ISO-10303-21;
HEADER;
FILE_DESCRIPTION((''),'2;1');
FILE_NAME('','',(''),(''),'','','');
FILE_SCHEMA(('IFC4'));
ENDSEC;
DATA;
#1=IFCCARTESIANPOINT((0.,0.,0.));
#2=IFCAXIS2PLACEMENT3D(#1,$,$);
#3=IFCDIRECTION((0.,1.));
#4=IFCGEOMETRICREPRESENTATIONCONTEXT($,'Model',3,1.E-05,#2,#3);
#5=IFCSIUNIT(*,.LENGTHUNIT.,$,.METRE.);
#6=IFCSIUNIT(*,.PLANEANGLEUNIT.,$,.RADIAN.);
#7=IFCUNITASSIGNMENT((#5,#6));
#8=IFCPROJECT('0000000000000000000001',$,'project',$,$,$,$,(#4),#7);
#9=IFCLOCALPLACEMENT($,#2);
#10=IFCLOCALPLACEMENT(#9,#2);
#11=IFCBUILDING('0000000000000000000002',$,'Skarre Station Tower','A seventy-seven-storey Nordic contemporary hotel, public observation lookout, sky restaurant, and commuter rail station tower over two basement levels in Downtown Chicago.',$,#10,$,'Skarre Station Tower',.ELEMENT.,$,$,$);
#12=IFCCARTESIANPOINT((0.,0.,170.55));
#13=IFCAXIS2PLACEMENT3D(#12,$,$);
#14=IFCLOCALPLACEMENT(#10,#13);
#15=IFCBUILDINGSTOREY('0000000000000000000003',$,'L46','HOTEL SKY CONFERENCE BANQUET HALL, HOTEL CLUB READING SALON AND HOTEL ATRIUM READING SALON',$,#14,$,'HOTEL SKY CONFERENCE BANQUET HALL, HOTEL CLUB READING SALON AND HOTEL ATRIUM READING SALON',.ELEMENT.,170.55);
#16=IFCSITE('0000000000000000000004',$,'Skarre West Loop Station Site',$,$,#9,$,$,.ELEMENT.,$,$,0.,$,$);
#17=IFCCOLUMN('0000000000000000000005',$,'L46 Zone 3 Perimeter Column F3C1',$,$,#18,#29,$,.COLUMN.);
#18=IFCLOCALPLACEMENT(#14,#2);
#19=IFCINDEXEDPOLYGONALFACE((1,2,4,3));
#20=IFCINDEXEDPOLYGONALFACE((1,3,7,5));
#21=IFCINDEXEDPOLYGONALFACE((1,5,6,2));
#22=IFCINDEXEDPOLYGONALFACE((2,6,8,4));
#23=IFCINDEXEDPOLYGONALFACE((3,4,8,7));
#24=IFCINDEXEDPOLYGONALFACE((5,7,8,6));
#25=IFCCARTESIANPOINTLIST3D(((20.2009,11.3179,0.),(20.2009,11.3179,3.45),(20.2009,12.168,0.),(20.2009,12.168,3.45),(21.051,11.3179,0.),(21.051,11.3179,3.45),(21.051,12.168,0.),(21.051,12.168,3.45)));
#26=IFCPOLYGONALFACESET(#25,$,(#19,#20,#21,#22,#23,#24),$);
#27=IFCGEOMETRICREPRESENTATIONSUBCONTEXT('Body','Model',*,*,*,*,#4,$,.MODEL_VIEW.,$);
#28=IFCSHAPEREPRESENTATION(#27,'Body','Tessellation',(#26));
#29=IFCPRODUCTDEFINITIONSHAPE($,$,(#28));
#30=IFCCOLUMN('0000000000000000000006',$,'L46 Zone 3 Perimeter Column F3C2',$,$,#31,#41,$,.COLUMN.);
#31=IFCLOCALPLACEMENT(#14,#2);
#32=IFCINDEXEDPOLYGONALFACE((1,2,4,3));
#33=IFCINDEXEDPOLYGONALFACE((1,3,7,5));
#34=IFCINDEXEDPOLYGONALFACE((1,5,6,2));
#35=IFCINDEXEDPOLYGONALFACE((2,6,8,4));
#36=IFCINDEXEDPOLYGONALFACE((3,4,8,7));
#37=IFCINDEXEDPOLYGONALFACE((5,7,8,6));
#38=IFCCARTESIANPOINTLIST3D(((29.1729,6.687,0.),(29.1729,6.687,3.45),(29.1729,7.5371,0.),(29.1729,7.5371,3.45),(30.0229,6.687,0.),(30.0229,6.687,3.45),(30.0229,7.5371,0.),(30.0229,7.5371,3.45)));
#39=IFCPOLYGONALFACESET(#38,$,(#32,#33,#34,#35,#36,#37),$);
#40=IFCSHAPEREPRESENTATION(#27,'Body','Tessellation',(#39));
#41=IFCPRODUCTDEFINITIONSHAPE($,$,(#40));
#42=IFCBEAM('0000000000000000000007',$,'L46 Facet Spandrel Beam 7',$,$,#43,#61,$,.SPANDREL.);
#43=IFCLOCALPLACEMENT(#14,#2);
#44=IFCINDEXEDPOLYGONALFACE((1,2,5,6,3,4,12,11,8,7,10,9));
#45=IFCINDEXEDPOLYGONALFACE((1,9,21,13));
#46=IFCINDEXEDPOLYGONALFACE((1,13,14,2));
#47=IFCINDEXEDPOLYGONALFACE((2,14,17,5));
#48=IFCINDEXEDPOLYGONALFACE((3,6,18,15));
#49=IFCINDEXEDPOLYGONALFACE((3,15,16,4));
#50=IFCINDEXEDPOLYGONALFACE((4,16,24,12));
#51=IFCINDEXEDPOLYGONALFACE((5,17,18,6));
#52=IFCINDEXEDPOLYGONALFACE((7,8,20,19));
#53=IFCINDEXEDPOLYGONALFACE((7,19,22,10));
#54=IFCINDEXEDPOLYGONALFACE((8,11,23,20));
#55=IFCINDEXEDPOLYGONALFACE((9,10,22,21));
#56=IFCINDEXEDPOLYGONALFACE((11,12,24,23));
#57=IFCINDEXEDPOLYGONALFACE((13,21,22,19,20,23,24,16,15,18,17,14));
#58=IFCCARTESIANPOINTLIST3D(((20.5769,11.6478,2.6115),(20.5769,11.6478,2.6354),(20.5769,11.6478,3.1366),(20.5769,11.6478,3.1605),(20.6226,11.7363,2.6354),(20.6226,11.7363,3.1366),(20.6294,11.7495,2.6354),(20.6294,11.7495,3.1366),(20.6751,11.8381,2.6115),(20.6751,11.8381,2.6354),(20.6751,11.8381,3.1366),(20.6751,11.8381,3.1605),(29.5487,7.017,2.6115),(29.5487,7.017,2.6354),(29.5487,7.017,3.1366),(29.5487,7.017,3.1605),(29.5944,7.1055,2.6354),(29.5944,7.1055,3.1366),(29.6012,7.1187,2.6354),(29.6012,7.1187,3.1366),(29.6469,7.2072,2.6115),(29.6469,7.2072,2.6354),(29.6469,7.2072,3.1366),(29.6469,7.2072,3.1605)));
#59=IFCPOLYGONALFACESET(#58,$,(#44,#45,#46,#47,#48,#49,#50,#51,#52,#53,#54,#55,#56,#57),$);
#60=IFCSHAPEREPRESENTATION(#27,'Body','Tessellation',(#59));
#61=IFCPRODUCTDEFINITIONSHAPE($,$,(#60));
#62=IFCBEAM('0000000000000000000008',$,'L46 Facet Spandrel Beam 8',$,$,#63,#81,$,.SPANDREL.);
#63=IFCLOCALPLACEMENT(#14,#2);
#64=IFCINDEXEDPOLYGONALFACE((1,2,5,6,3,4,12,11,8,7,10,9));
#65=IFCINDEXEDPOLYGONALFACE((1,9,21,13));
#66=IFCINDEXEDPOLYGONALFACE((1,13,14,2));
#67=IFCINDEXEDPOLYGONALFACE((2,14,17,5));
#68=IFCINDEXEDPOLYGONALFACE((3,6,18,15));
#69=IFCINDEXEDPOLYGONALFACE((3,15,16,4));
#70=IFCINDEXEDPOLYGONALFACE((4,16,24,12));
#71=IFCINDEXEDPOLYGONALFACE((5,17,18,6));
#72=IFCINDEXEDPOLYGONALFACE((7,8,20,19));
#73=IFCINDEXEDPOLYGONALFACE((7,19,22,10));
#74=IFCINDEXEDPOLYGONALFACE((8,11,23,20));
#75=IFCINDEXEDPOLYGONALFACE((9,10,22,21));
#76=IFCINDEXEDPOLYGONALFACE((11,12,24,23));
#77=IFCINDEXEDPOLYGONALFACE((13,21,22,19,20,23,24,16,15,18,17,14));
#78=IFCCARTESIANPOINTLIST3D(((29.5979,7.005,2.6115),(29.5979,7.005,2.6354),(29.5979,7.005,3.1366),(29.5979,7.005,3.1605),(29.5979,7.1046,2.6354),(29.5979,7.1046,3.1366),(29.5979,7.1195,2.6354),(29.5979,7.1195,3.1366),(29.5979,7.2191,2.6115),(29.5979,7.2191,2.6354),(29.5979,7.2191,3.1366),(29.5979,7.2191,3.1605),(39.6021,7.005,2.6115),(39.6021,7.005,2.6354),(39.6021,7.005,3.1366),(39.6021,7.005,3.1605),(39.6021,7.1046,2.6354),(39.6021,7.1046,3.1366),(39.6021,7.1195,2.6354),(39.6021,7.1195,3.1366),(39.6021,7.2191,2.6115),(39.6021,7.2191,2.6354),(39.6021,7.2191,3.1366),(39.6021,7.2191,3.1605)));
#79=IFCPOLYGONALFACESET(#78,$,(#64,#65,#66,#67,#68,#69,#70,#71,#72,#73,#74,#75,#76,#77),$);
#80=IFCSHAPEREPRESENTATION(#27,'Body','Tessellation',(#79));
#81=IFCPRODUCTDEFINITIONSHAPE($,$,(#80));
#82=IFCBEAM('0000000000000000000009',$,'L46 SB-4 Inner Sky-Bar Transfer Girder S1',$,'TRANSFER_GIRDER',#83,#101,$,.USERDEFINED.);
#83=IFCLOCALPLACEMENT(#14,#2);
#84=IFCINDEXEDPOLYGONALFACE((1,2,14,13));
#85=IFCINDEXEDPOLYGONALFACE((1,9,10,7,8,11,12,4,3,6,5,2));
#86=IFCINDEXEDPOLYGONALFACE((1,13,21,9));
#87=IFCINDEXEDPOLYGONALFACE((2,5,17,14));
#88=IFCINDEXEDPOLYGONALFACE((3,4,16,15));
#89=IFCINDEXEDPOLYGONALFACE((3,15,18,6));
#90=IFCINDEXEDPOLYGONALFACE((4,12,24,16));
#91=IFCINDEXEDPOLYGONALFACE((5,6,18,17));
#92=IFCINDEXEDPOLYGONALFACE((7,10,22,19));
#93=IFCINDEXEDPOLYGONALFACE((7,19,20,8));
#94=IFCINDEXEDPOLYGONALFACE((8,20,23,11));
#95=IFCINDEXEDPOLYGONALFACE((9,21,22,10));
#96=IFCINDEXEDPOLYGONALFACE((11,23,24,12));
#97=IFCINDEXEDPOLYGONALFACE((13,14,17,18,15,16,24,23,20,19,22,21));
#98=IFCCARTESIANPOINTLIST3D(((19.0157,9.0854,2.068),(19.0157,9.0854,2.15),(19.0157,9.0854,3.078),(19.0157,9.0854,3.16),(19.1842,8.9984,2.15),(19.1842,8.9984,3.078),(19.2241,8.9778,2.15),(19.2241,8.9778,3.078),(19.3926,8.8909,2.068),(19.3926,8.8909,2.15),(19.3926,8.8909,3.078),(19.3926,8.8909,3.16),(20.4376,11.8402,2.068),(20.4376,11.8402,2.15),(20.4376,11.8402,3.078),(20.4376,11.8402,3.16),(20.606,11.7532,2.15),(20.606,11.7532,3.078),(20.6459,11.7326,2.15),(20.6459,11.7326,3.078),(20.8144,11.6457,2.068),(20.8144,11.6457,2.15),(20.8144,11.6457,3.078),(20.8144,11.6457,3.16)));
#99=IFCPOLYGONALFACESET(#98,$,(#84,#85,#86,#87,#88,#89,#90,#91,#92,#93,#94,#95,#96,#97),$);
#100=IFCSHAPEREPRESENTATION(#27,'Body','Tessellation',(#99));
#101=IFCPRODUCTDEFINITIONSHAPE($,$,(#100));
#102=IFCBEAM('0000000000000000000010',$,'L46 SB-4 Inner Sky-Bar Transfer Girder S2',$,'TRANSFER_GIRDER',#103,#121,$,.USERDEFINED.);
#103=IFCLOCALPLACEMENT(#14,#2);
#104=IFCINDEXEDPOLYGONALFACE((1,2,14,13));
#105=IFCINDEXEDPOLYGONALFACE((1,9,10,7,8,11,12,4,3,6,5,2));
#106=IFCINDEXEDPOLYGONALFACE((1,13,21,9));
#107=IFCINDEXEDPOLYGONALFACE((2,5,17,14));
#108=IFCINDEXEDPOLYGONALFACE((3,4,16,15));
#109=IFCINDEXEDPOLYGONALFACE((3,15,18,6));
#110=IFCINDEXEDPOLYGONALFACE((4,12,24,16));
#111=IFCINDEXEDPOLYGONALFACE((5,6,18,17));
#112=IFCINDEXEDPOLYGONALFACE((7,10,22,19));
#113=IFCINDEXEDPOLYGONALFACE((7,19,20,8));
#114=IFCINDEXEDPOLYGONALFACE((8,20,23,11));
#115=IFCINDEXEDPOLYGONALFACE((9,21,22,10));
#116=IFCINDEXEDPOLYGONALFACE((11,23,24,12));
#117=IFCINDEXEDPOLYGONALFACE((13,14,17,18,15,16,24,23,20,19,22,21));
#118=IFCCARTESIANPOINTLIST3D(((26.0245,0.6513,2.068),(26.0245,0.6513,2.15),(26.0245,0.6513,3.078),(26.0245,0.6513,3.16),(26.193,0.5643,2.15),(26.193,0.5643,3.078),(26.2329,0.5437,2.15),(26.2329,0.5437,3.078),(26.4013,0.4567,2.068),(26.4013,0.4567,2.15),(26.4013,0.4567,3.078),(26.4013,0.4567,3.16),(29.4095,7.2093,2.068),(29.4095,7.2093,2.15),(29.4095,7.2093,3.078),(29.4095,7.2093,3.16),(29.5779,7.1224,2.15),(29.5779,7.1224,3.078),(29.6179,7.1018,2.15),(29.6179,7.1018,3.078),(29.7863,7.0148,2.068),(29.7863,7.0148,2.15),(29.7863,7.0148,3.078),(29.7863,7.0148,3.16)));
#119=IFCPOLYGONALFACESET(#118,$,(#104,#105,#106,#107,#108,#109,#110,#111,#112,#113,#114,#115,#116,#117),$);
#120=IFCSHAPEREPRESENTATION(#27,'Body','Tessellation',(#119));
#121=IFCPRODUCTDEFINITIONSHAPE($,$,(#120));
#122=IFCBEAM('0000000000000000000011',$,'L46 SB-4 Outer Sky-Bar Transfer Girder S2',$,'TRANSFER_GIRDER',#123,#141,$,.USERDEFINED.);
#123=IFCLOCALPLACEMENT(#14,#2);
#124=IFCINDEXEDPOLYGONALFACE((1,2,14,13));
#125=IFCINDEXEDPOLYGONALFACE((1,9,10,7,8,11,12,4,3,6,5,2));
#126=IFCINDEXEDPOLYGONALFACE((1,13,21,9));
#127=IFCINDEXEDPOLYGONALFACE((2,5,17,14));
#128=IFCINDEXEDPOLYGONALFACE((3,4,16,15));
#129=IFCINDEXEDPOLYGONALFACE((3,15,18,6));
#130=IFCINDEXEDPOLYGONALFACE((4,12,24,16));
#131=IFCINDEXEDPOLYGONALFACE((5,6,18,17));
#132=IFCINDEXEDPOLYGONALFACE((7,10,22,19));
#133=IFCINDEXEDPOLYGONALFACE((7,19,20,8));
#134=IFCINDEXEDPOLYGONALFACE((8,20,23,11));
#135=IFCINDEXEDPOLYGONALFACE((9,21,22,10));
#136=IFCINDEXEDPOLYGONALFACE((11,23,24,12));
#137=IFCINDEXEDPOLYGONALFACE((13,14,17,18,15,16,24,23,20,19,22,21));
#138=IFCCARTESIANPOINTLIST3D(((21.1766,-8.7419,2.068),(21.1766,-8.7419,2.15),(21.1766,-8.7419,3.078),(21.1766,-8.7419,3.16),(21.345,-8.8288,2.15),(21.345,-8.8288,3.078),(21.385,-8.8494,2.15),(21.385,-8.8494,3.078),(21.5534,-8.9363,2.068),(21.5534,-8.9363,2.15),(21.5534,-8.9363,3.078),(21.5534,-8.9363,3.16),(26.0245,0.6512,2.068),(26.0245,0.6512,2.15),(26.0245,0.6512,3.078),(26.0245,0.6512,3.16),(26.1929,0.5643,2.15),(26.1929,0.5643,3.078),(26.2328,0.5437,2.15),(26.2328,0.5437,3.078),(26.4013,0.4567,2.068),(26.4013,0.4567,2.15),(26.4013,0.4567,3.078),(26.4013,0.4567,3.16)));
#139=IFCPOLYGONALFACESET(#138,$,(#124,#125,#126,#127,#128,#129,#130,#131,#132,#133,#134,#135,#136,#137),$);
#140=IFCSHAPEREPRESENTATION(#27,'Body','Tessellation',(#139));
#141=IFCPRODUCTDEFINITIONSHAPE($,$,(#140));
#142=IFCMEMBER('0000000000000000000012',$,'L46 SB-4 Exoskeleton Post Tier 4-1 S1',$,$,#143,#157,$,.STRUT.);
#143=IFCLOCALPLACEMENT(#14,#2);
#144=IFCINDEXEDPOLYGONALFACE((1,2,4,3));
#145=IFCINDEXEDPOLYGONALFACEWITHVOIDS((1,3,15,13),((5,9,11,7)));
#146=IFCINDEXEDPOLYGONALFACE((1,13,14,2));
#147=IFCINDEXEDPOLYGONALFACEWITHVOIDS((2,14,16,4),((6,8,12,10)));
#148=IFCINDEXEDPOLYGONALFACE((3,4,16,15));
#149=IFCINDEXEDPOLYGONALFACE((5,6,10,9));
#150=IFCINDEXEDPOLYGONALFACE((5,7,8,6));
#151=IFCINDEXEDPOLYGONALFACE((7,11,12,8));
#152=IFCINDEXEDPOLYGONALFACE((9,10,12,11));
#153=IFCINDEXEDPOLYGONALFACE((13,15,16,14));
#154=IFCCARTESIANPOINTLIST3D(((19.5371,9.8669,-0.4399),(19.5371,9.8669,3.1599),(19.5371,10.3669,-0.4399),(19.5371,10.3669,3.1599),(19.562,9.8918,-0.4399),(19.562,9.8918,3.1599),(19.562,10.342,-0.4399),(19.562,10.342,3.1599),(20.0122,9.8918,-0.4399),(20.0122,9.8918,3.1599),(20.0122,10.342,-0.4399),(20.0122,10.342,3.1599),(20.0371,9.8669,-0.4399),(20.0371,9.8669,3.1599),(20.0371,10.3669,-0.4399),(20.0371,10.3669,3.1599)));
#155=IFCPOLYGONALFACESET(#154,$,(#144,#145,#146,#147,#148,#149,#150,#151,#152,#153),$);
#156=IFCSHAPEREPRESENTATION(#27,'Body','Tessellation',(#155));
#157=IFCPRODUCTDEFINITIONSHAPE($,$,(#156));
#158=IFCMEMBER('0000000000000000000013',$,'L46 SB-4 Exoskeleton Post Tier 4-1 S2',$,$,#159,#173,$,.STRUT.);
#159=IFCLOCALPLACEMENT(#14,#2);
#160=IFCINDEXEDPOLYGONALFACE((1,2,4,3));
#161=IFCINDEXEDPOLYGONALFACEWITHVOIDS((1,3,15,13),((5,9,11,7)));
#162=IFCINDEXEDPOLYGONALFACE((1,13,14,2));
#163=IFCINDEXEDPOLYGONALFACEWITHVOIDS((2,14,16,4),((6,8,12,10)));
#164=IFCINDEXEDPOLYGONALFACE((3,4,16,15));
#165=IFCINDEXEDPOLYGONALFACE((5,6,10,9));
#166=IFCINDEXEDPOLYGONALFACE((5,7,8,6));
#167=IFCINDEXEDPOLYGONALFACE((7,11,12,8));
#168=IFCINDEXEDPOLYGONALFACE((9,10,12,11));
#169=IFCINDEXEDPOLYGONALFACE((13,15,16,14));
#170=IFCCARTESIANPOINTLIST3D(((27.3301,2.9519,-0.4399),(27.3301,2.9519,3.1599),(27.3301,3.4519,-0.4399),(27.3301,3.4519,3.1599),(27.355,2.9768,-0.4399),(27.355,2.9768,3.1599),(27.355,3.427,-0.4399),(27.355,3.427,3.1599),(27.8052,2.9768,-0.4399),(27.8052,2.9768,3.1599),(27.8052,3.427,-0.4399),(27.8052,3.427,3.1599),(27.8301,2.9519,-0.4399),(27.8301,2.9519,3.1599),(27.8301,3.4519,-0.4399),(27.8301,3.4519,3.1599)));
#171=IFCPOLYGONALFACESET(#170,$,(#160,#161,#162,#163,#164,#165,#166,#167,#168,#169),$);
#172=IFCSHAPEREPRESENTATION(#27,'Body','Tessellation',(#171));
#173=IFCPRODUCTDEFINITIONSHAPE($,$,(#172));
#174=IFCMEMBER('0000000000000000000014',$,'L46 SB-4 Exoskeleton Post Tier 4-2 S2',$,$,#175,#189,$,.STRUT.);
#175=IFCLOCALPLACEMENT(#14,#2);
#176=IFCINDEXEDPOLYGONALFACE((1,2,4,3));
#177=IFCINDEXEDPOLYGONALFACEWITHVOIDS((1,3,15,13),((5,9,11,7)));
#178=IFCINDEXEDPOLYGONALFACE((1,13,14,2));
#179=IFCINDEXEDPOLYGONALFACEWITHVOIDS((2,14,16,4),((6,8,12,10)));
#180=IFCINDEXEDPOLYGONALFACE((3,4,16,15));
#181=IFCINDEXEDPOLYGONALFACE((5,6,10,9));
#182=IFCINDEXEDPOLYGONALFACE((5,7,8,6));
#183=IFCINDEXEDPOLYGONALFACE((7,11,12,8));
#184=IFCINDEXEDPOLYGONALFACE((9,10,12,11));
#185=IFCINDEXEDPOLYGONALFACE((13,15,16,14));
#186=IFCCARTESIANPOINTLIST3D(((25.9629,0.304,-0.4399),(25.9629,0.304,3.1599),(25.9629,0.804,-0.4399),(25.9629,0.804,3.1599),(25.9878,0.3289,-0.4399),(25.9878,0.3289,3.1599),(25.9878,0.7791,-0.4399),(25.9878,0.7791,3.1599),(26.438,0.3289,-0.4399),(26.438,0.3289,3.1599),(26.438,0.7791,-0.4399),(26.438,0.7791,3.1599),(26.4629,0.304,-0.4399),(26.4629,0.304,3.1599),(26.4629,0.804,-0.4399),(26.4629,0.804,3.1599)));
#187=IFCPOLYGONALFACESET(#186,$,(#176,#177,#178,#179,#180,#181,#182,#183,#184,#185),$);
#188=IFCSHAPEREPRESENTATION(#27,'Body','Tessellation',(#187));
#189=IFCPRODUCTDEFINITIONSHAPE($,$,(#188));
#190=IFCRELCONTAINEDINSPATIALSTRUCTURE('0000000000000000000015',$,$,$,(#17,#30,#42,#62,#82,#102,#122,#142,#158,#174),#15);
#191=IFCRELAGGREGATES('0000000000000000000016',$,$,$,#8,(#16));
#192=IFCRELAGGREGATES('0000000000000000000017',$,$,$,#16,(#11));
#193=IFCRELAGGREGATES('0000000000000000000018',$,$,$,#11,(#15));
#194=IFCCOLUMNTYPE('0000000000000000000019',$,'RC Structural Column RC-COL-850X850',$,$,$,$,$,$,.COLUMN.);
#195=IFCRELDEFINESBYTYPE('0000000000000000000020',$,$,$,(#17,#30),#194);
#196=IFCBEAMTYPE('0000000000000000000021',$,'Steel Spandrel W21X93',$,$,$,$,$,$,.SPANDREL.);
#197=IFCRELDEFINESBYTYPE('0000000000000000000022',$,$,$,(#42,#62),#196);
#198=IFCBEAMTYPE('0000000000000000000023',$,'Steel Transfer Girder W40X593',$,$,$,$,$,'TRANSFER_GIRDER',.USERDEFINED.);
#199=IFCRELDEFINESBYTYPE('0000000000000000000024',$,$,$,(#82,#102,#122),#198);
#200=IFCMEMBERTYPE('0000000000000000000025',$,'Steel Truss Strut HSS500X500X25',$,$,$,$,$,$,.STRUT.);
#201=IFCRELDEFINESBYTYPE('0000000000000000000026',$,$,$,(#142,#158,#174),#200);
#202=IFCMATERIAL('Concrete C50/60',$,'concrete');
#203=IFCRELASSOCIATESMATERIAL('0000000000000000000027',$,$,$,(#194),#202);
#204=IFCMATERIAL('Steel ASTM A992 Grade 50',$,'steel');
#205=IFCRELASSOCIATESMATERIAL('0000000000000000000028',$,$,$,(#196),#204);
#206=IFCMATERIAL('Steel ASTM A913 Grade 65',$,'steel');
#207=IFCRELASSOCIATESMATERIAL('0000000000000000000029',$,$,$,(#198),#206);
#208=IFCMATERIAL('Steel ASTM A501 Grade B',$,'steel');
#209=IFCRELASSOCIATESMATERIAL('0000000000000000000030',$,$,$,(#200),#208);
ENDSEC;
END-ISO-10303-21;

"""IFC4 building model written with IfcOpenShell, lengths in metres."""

from ifc_helpers import new_model, si_unit, direction, frame, origin, origin_2d, place, context, subcontext, project, spatial, rectangle, hollow_rectangle, i_section, extrude, material, material_profile, profile_set, type_object, element, save


model = new_model("IFC4")

# Units and contexts
model_context = context("Model", 3, precision=1e-05, world=origin(), true_north=direction((0.0, 1.0)))
body_context = subcontext(model_context, "Body", "Model", "MODEL_VIEW")
ifc_project = project(units=[si_unit("LENGTHUNIT", "METRE"), si_unit("PLANEANGLEUNIT", "RADIAN")], contexts=[model_context])

# Site, building, storey
site_placement = place(None, origin())
site = spatial("IfcSite", under=ifc_project, at=site_placement, Name="Skarre West Loop Station Site", CompositionType="ELEMENT", RefElevation=0.0)
building_placement = place(site_placement, origin())
building = spatial("IfcBuilding", under=site, at=building_placement, Name="Skarre Station Tower", Description="A seventy-seven-storey Nordic contemporary hotel, public observation lookout, sky restaurant, and commuter rail station tower over two basement levels in Downtown Chicago.", LongName="Skarre Station Tower", CompositionType="ELEMENT")
storey_placement = place(building_placement, frame((0.0, 0.0, 170.55)))
storey = spatial("IfcBuildingStorey", under=building, at=storey_placement, Name="L46", Description="HOTEL SKY CONFERENCE BANQUET HALL, HOTEL CLUB READING SALON AND HOTEL ATRIUM READING SALON", LongName="HOTEL SKY CONFERENCE BANQUET HALL, HOTEL CLUB READING SALON AND HOTEL ATRIUM READING SALON", CompositionType="ELEMENT", Elevation=170.55)

# Columns
ifc_material_1 = material(Name="Concrete C50/60", Category="concrete")
ifc_material_profile_1 = material_profile(ifc_material_1, rectangle(XDim=0.8501, YDim=0.8501, at=origin_2d()), Name="Concrete C50/60")
ifc_profile_set_1 = profile_set([ifc_material_profile_1], Name="Concrete C50/60")
column_type = type_object("IfcColumnType", Name="RC Structural Column RC-COL-850X850", PredefinedType="COLUMN", material=ifc_profile_set_1)
for number, where, z_axis, x_axis, name in (
    (1, (20.626, 11.7429, 0.0), (0.0, 0.0, 1.0), (1.0, 0.0, 0.0), "L46 Zone 3 Perimeter Column F3C1"),
    (2, (29.5979, 7.1121, 0.0), (0.0, 0.0, 1.0), (1.0, 0.0, 0.0), "L46 Zone 3 Perimeter Column F3C2"),
):
    element("IfcColumn", number, at=place(storey_placement, frame(where, z_axis=z_axis, x_axis=x_axis)), inside=storey, type_object=column_type, Name=name, PredefinedType="COLUMN", context=body_context, shape_type="SweptSolid", body=[
        extrude(rectangle(XDim=0.8501, YDim=0.8501, at=origin_2d()), origin(), (0.0, 0.0, 1.0), 3.45),
    ])

# Beams
ifc_material_2 = material(Name="Steel ASTM A992 Grade 50", Category="steel")
ifc_material_profile_2 = material_profile(ifc_material_2, i_section(OverallWidth=0.2141, OverallDepth=0.5491, WebThickness=0.0149, FlangeThickness=0.0239, at=origin_2d()), Name="Steel ASTM A992 Grade 50")
ifc_profile_set_2 = profile_set([ifc_material_profile_2], Name="Steel ASTM A992 Grade 50")
beam_type_1 = type_object("IfcBeamType", Name="Steel Spandrel W21X93", PredefinedType="SPANDREL", material=ifc_profile_set_2)
beam_1_placement = place(storey_placement, frame((20.626, 11.7429, 2.886), z_axis=(0.888613, -0.458658, 0.0), x_axis=(0.458658, 0.888613, 0.0)))
element("IfcBeam", 3, at=beam_1_placement, inside=storey, type_object=beam_type_1, Name="L46 Facet Spandrel Beam 7", PredefinedType="SPANDREL", context=body_context, shape_type="SweptSolid", body=[
    extrude(i_section(OverallWidth=0.2141, OverallDepth=0.5491, WebThickness=0.0149, FlangeThickness=0.0239, at=origin_2d()), origin(), (0.0, 0.0, 1.0), 10.0964),
])
beam_2_placement = place(storey_placement, frame((29.5979, 7.1121, 2.886), z_axis=(1.0, 0.0, 0.0), x_axis=(0.0, 1.0, 0.0)))
element("IfcBeam", 4, at=beam_2_placement, inside=storey, type_object=beam_type_1, Name="L46 Facet Spandrel Beam 8", PredefinedType="SPANDREL", context=body_context, shape_type="SweptSolid", body=[
    extrude(i_section(OverallWidth=0.2141, OverallDepth=0.5491, WebThickness=0.0149, FlangeThickness=0.0239, at=origin_2d()), origin(), (0.0, 0.0, 1.0), 10.0042),
])
ifc_material_3 = material(Name="Steel ASTM A913 Grade 65", Category="steel")
ifc_material_profile_3 = material_profile(ifc_material_3, i_section(OverallWidth=0.4241, OverallDepth=1.092, WebThickness=0.0449, FlangeThickness=0.082, at=origin_2d()), Name="Steel ASTM A913 Grade 65")
ifc_profile_set_3 = profile_set([ifc_material_profile_3], Name="Steel ASTM A913 Grade 65")
beam_type_2 = type_object("IfcBeamType", Name="Steel Transfer Girder W40X593", ElementType="TRANSFER_GIRDER", PredefinedType="USERDEFINED", material=ifc_profile_set_3)
beam_3_placement = place(storey_placement, frame((20.626, 11.7429, 2.614), z_axis=(-0.458643, -0.888621, 0.0), x_axis=(0.888621, -0.458643, 0.0)))
element("IfcBeam", 5, at=beam_3_placement, inside=storey, type_object=beam_type_2, Name="L46 SB-4 Inner Sky-Bar Transfer Girder S1", ObjectType="TRANSFER_GIRDER", PredefinedType="USERDEFINED", context=body_context, shape_type="SweptSolid", body=[
    extrude(i_section(OverallWidth=0.4241, OverallDepth=1.092, WebThickness=0.0449, FlangeThickness=0.082, at=origin_2d()), origin(), (0.0, 0.0, 1.0), 3.1001),
])
beam_4_placement = place(storey_placement, frame((29.5979, 7.1121, 2.614), z_axis=(-0.458662, -0.888611, 0.0), x_axis=(0.888611, -0.458662, 0.0)))
element("IfcBeam", 6, at=beam_4_placement, inside=storey, type_object=beam_type_2, Name="L46 SB-4 Inner Sky-Bar Transfer Girder S2", ObjectType="TRANSFER_GIRDER", PredefinedType="USERDEFINED", context=body_context, shape_type="SweptSolid", body=[
    extrude(i_section(OverallWidth=0.4241, OverallDepth=1.092, WebThickness=0.0449, FlangeThickness=0.082, at=origin_2d()), origin(), (0.0, 0.0, 1.0), 7.3801),
])
beam_5_placement = place(storey_placement, frame((26.2129, 0.554, 2.614), z_axis=(-0.458633, -0.888626, 0.0), x_axis=(0.888626, -0.458633, 0.0)))
element("IfcBeam", 7, at=beam_5_placement, inside=storey, type_object=beam_type_2, Name="L46 SB-4 Outer Sky-Bar Transfer Girder S2", ObjectType="TRANSFER_GIRDER", PredefinedType="USERDEFINED", context=body_context, shape_type="SweptSolid", body=[
    extrude(i_section(OverallWidth=0.4241, OverallDepth=1.092, WebThickness=0.0449, FlangeThickness=0.082, at=origin_2d()), origin(), (0.0, 0.0, 1.0), 10.5703),
])

# Members
ifc_material_4 = material(Name="Steel ASTM A501 Grade B", Category="steel")
ifc_material_profile_4 = material_profile(ifc_material_4, hollow_rectangle(XDim=0.5, YDim=0.5, WallThickness=0.0249, at=origin_2d()), Name="Steel ASTM A501 Grade B")
ifc_profile_set_4 = profile_set([ifc_material_profile_4], Name="Steel ASTM A501 Grade B")
member_type_1 = type_object("IfcMemberType", Name="Steel Truss Strut HSS500X500X25", PredefinedType="STRUT", material=ifc_profile_set_4)
for number, where, z_axis, x_axis, name in (
    (8, (19.7871, 10.1169, -0.4399), (0.0, 0.0, 1.0), (1.0, 0.0, 0.0), "L46 SB-4 Exoskeleton Post Tier 4-1 S1"),
    (9, (27.5801, 3.2019, -0.4399), (0.0, 0.0, 1.0), (1.0, 0.0, 0.0), "L46 SB-4 Exoskeleton Post Tier 4-1 S2"),
    (10, (26.2129, 0.554, -0.4399), (0.0, 0.0, 1.0), (1.0, 0.0, 0.0), "L46 SB-4 Exoskeleton Post Tier 4-2 S2"),
):
    element("IfcMember", number, at=place(storey_placement, frame(where, z_axis=z_axis, x_axis=x_axis)), inside=storey, type_object=member_type_1, Name=name, PredefinedType="STRUT", context=body_context, shape_type="SweptSolid", body=[
        extrude(hollow_rectangle(XDim=0.5, YDim=0.5, WallThickness=0.0249, at=origin_2d()), origin(), (0.0, 0.0, 1.0), 3.5999),
    ])

save(model, "model.ifc")
